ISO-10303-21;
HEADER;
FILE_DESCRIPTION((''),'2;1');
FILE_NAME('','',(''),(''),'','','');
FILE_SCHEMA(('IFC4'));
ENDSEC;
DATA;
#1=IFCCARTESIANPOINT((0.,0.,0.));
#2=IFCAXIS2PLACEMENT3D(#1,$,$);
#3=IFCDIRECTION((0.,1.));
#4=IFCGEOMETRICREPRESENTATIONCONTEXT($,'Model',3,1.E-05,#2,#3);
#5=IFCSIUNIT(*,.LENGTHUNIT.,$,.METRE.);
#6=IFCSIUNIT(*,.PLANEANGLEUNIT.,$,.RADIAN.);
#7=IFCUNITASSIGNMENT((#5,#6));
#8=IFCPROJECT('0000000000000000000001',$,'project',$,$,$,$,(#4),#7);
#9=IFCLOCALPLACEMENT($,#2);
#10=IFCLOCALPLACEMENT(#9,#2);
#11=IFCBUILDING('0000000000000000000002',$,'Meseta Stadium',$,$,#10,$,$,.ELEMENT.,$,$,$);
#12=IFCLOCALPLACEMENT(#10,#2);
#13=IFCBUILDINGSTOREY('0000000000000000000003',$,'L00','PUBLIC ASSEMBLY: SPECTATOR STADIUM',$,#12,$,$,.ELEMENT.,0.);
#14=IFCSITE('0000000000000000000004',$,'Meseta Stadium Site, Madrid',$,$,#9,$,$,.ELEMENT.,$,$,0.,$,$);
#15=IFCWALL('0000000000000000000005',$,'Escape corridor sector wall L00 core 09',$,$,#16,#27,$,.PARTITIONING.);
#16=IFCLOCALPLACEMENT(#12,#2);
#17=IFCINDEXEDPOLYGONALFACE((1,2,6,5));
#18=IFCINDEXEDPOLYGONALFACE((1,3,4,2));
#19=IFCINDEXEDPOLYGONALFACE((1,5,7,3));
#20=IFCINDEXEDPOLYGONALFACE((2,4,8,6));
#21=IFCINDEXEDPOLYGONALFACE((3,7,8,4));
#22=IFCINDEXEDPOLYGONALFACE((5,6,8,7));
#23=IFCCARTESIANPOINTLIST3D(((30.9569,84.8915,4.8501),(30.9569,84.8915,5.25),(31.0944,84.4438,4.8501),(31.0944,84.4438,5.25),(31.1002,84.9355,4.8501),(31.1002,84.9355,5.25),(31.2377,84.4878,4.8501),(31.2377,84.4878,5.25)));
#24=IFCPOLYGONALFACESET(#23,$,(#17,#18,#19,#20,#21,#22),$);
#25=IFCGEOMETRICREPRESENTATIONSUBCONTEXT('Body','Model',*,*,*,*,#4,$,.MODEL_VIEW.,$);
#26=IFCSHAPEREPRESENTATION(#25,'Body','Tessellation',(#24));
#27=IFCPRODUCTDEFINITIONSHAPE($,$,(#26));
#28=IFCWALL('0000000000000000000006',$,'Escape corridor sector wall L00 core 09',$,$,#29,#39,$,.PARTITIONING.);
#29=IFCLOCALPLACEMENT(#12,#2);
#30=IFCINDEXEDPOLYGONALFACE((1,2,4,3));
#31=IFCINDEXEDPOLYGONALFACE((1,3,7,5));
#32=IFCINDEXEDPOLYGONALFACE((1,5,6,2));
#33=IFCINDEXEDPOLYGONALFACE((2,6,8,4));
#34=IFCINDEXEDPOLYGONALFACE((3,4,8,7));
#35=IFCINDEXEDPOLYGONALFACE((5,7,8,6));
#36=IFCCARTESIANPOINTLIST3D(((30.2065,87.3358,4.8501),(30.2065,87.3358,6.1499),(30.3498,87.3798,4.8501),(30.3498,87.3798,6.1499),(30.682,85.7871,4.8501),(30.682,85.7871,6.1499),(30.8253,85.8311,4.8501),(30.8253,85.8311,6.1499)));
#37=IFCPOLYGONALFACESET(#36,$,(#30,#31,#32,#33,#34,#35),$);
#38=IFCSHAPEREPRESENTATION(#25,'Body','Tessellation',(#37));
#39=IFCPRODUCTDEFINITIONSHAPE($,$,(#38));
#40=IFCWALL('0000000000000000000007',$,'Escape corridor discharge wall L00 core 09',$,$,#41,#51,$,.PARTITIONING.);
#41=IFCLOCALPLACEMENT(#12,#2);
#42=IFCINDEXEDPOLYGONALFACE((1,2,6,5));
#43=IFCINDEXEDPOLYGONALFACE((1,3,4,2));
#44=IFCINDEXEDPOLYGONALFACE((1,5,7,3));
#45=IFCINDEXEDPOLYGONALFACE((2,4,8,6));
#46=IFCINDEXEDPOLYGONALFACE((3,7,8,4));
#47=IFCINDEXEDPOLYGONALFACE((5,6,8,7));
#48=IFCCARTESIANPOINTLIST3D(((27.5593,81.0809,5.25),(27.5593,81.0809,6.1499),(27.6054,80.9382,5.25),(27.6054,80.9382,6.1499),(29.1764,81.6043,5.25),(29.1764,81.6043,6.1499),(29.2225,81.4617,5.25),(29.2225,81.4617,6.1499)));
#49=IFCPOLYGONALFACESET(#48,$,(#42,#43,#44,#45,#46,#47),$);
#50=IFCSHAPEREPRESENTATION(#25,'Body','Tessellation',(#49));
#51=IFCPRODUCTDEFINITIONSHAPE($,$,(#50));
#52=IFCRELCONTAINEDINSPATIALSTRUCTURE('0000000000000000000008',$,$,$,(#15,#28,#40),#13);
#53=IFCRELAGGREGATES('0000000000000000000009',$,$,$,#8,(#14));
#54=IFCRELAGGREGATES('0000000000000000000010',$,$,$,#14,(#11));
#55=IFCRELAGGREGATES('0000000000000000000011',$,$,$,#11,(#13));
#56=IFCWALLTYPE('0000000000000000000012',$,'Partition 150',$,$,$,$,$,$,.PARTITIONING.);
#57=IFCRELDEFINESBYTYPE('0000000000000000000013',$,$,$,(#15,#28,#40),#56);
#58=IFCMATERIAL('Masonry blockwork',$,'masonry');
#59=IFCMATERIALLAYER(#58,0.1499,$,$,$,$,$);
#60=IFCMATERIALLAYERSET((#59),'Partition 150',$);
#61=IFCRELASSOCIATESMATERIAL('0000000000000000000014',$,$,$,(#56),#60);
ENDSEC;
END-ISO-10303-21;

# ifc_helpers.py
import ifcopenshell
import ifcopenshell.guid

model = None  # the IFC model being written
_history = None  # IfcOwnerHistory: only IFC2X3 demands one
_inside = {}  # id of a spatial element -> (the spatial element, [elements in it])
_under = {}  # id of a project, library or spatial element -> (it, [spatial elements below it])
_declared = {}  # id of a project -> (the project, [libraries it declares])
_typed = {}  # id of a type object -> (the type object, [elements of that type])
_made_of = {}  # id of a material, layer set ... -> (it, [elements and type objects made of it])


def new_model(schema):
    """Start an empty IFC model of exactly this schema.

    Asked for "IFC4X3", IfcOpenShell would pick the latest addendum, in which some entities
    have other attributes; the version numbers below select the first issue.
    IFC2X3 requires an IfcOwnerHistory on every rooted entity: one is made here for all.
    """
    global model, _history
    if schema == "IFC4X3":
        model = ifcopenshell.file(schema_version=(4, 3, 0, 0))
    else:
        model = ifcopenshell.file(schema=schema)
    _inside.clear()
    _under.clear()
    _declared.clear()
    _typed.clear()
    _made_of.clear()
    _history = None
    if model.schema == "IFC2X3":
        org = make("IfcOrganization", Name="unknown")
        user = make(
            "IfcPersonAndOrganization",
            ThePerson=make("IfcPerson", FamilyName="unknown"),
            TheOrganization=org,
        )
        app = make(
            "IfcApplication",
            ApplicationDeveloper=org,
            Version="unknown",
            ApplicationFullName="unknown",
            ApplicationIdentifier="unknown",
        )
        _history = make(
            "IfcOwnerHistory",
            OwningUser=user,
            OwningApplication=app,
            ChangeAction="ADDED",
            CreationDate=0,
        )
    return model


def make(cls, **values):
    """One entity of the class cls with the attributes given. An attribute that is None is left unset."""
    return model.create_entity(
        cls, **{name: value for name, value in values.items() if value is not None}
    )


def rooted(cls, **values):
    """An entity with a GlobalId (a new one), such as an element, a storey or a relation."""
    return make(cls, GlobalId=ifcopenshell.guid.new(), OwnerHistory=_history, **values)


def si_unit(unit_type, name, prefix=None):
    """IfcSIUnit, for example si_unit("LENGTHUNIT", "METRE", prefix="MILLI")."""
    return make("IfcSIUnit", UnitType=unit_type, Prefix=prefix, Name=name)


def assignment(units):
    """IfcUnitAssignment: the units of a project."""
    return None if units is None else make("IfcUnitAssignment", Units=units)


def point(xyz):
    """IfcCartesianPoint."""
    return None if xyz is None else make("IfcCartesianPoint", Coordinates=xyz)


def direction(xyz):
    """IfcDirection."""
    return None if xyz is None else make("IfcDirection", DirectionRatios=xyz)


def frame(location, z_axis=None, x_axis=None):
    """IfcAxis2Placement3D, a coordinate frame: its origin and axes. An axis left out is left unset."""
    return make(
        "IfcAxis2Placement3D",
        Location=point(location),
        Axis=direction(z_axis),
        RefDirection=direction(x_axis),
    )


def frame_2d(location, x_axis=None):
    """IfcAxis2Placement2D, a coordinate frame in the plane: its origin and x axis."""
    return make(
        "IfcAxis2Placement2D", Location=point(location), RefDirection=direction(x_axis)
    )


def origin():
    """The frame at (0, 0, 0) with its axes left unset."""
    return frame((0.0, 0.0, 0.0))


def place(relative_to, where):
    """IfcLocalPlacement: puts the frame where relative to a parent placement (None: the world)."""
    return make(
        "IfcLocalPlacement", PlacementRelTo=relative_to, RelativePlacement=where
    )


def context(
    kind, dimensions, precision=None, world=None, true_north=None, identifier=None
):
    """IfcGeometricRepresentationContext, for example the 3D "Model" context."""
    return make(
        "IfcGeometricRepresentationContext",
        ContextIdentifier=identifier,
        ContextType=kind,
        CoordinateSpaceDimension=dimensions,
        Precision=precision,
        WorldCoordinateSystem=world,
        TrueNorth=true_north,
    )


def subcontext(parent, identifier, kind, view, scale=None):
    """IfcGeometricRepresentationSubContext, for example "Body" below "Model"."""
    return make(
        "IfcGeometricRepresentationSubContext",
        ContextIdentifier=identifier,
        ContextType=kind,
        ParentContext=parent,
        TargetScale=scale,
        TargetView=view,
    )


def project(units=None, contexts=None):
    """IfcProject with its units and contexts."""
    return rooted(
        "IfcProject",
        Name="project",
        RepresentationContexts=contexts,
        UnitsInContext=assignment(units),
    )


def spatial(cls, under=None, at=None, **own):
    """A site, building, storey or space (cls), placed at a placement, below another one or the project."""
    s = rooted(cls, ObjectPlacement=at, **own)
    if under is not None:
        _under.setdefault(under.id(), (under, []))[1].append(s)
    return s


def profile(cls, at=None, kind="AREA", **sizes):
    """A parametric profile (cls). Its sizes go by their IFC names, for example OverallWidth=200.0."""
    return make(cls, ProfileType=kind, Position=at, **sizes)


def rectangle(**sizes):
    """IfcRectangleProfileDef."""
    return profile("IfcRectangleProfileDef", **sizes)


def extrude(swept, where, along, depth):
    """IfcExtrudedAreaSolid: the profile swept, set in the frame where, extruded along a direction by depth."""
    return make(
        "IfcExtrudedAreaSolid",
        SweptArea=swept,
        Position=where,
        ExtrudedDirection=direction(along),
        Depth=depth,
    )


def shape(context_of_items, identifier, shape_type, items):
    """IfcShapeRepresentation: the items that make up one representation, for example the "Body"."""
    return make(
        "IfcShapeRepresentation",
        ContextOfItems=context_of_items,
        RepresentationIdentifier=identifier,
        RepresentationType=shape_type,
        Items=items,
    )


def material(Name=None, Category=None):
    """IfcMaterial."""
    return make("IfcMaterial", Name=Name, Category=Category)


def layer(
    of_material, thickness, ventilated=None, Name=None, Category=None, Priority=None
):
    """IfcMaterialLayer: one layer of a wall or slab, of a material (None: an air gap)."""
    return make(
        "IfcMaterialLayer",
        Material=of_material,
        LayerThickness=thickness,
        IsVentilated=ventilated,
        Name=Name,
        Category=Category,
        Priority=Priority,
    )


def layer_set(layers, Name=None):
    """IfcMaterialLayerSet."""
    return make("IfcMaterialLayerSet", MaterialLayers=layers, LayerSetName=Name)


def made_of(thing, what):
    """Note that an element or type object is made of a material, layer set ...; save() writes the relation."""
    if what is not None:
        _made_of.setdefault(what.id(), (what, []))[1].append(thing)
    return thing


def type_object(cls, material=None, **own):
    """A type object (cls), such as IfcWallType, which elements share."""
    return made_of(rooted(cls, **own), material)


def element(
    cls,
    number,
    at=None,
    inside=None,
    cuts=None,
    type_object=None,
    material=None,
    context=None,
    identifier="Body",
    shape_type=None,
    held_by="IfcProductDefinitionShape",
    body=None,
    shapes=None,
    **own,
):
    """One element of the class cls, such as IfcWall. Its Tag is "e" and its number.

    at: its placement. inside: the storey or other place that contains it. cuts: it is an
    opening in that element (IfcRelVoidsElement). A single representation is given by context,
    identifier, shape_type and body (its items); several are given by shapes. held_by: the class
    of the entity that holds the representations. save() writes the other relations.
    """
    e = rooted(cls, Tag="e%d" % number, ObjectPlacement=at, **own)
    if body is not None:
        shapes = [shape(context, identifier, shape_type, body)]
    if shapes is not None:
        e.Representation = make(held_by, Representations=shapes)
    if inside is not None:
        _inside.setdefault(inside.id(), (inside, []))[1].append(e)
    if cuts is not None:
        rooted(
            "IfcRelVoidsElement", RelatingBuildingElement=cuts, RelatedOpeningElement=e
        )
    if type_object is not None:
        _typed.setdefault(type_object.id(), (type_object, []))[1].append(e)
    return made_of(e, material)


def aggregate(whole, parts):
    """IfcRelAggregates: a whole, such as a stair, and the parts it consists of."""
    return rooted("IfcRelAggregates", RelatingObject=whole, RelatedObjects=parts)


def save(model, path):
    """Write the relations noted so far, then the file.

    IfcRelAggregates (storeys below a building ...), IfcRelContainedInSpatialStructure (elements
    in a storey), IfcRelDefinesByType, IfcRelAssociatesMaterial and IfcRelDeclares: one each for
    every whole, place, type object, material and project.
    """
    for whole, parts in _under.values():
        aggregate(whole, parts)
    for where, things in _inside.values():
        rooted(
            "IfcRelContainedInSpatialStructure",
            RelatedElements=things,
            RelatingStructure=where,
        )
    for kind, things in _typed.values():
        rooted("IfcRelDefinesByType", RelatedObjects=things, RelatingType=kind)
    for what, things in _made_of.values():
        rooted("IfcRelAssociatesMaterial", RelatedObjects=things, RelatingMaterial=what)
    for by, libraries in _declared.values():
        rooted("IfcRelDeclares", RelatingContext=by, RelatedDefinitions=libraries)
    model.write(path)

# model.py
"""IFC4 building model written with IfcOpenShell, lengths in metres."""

from ifc_helpers import new_model, si_unit, direction, frame, frame_2d, origin, place, context, subcontext, project, spatial, rectangle, extrude, material, layer, layer_set, type_object, element, save


model = new_model("IFC4")

# Units and contexts
model_context = context("Model", 3, precision=1e-05, world=origin(), true_north=direction((0.0, 1.0)))
body_context = subcontext(model_context, "Body", "Model", "MODEL_VIEW")
ifc_project = project(units=[si_unit("LENGTHUNIT", "METRE"), si_unit("PLANEANGLEUNIT", "RADIAN")], contexts=[model_context])

# Site, building, storey
site_placement = place(None, origin())
site = spatial("IfcSite", under=ifc_project, at=site_placement, Name="Meseta Stadium Site, Madrid", CompositionType="ELEMENT", RefElevation=0.0)
building_placement = place(site_placement, origin())
building = spatial("IfcBuilding", under=site, at=building_placement, Name="Meseta Stadium", CompositionType="ELEMENT")
storey_placement = place(building_placement, origin())
storey = spatial("IfcBuildingStorey", under=building, at=storey_placement, Name="L00", Description="PUBLIC ASSEMBLY: SPECTATOR STADIUM", CompositionType="ELEMENT", Elevation=0.0)

# Shared definitions
ifc_material_1 = material(Name="Masonry blockwork", Category="masonry")
ifc_layer = layer(ifc_material_1, 0.1499)
ifc_layer_set = layer_set([ifc_layer], Name="Partition 150")
wall_type = type_object("IfcWallType", Name="Partition 150", PredefinedType="PARTITIONING", material=ifc_layer_set)

# Walls
wall_1_placement = place(storey_placement, frame((31.166, 84.4658, 4.8501), z_axis=(0.0, 0.0, 1.0), x_axis=(-0.293463, 0.95597, 0.0)))
element("IfcWall", 1, at=wall_1_placement, inside=storey, type_object=wall_type, Name="Escape corridor sector wall L00 core 09", PredefinedType="PARTITIONING", context=body_context, shape_type="SweptSolid", body=[
    extrude(rectangle(XDim=0.4683, YDim=0.1499, at=frame_2d((0.2341, 0.0))), origin(), (0.0, 0.0, 1.0), 0.3999),
])
wall_2_placement = place(storey_placement, frame((30.7537, 85.8091, 4.8501), z_axis=(0.0, 0.0, 1.0), x_axis=(-0.293535, 0.955948, 0.0)))
element("IfcWall", 2, at=wall_2_placement, inside=storey, type_object=wall_type, Name="Escape corridor sector wall L00 core 09", PredefinedType="PARTITIONING", context=body_context, shape_type="SweptSolid", body=[
    extrude(rectangle(XDim=1.6201, YDim=0.1499, at=frame_2d((0.8101, 0.0))), origin(), (0.0, 0.0, 1.0), 1.2998),
])
wall_3_placement = place(storey_placement, frame((29.1995, 81.533, 5.25), z_axis=(0.0, 0.0, 1.0), x_axis=(-0.951405, -0.307943, 0.0)))
element("IfcWall", 3, at=wall_3_placement, inside=storey, type_object=wall_type, Name="Escape corridor discharge wall L00 core 09", PredefinedType="PARTITIONING", context=body_context, shape_type="SweptSolid", body=[
    extrude(rectangle(XDim=1.6997, YDim=0.1499, at=frame_2d((0.8499, 0.0))), origin(), (0.0, 0.0, 1.0), 0.8999),
])

save(model, "model.ifc")
